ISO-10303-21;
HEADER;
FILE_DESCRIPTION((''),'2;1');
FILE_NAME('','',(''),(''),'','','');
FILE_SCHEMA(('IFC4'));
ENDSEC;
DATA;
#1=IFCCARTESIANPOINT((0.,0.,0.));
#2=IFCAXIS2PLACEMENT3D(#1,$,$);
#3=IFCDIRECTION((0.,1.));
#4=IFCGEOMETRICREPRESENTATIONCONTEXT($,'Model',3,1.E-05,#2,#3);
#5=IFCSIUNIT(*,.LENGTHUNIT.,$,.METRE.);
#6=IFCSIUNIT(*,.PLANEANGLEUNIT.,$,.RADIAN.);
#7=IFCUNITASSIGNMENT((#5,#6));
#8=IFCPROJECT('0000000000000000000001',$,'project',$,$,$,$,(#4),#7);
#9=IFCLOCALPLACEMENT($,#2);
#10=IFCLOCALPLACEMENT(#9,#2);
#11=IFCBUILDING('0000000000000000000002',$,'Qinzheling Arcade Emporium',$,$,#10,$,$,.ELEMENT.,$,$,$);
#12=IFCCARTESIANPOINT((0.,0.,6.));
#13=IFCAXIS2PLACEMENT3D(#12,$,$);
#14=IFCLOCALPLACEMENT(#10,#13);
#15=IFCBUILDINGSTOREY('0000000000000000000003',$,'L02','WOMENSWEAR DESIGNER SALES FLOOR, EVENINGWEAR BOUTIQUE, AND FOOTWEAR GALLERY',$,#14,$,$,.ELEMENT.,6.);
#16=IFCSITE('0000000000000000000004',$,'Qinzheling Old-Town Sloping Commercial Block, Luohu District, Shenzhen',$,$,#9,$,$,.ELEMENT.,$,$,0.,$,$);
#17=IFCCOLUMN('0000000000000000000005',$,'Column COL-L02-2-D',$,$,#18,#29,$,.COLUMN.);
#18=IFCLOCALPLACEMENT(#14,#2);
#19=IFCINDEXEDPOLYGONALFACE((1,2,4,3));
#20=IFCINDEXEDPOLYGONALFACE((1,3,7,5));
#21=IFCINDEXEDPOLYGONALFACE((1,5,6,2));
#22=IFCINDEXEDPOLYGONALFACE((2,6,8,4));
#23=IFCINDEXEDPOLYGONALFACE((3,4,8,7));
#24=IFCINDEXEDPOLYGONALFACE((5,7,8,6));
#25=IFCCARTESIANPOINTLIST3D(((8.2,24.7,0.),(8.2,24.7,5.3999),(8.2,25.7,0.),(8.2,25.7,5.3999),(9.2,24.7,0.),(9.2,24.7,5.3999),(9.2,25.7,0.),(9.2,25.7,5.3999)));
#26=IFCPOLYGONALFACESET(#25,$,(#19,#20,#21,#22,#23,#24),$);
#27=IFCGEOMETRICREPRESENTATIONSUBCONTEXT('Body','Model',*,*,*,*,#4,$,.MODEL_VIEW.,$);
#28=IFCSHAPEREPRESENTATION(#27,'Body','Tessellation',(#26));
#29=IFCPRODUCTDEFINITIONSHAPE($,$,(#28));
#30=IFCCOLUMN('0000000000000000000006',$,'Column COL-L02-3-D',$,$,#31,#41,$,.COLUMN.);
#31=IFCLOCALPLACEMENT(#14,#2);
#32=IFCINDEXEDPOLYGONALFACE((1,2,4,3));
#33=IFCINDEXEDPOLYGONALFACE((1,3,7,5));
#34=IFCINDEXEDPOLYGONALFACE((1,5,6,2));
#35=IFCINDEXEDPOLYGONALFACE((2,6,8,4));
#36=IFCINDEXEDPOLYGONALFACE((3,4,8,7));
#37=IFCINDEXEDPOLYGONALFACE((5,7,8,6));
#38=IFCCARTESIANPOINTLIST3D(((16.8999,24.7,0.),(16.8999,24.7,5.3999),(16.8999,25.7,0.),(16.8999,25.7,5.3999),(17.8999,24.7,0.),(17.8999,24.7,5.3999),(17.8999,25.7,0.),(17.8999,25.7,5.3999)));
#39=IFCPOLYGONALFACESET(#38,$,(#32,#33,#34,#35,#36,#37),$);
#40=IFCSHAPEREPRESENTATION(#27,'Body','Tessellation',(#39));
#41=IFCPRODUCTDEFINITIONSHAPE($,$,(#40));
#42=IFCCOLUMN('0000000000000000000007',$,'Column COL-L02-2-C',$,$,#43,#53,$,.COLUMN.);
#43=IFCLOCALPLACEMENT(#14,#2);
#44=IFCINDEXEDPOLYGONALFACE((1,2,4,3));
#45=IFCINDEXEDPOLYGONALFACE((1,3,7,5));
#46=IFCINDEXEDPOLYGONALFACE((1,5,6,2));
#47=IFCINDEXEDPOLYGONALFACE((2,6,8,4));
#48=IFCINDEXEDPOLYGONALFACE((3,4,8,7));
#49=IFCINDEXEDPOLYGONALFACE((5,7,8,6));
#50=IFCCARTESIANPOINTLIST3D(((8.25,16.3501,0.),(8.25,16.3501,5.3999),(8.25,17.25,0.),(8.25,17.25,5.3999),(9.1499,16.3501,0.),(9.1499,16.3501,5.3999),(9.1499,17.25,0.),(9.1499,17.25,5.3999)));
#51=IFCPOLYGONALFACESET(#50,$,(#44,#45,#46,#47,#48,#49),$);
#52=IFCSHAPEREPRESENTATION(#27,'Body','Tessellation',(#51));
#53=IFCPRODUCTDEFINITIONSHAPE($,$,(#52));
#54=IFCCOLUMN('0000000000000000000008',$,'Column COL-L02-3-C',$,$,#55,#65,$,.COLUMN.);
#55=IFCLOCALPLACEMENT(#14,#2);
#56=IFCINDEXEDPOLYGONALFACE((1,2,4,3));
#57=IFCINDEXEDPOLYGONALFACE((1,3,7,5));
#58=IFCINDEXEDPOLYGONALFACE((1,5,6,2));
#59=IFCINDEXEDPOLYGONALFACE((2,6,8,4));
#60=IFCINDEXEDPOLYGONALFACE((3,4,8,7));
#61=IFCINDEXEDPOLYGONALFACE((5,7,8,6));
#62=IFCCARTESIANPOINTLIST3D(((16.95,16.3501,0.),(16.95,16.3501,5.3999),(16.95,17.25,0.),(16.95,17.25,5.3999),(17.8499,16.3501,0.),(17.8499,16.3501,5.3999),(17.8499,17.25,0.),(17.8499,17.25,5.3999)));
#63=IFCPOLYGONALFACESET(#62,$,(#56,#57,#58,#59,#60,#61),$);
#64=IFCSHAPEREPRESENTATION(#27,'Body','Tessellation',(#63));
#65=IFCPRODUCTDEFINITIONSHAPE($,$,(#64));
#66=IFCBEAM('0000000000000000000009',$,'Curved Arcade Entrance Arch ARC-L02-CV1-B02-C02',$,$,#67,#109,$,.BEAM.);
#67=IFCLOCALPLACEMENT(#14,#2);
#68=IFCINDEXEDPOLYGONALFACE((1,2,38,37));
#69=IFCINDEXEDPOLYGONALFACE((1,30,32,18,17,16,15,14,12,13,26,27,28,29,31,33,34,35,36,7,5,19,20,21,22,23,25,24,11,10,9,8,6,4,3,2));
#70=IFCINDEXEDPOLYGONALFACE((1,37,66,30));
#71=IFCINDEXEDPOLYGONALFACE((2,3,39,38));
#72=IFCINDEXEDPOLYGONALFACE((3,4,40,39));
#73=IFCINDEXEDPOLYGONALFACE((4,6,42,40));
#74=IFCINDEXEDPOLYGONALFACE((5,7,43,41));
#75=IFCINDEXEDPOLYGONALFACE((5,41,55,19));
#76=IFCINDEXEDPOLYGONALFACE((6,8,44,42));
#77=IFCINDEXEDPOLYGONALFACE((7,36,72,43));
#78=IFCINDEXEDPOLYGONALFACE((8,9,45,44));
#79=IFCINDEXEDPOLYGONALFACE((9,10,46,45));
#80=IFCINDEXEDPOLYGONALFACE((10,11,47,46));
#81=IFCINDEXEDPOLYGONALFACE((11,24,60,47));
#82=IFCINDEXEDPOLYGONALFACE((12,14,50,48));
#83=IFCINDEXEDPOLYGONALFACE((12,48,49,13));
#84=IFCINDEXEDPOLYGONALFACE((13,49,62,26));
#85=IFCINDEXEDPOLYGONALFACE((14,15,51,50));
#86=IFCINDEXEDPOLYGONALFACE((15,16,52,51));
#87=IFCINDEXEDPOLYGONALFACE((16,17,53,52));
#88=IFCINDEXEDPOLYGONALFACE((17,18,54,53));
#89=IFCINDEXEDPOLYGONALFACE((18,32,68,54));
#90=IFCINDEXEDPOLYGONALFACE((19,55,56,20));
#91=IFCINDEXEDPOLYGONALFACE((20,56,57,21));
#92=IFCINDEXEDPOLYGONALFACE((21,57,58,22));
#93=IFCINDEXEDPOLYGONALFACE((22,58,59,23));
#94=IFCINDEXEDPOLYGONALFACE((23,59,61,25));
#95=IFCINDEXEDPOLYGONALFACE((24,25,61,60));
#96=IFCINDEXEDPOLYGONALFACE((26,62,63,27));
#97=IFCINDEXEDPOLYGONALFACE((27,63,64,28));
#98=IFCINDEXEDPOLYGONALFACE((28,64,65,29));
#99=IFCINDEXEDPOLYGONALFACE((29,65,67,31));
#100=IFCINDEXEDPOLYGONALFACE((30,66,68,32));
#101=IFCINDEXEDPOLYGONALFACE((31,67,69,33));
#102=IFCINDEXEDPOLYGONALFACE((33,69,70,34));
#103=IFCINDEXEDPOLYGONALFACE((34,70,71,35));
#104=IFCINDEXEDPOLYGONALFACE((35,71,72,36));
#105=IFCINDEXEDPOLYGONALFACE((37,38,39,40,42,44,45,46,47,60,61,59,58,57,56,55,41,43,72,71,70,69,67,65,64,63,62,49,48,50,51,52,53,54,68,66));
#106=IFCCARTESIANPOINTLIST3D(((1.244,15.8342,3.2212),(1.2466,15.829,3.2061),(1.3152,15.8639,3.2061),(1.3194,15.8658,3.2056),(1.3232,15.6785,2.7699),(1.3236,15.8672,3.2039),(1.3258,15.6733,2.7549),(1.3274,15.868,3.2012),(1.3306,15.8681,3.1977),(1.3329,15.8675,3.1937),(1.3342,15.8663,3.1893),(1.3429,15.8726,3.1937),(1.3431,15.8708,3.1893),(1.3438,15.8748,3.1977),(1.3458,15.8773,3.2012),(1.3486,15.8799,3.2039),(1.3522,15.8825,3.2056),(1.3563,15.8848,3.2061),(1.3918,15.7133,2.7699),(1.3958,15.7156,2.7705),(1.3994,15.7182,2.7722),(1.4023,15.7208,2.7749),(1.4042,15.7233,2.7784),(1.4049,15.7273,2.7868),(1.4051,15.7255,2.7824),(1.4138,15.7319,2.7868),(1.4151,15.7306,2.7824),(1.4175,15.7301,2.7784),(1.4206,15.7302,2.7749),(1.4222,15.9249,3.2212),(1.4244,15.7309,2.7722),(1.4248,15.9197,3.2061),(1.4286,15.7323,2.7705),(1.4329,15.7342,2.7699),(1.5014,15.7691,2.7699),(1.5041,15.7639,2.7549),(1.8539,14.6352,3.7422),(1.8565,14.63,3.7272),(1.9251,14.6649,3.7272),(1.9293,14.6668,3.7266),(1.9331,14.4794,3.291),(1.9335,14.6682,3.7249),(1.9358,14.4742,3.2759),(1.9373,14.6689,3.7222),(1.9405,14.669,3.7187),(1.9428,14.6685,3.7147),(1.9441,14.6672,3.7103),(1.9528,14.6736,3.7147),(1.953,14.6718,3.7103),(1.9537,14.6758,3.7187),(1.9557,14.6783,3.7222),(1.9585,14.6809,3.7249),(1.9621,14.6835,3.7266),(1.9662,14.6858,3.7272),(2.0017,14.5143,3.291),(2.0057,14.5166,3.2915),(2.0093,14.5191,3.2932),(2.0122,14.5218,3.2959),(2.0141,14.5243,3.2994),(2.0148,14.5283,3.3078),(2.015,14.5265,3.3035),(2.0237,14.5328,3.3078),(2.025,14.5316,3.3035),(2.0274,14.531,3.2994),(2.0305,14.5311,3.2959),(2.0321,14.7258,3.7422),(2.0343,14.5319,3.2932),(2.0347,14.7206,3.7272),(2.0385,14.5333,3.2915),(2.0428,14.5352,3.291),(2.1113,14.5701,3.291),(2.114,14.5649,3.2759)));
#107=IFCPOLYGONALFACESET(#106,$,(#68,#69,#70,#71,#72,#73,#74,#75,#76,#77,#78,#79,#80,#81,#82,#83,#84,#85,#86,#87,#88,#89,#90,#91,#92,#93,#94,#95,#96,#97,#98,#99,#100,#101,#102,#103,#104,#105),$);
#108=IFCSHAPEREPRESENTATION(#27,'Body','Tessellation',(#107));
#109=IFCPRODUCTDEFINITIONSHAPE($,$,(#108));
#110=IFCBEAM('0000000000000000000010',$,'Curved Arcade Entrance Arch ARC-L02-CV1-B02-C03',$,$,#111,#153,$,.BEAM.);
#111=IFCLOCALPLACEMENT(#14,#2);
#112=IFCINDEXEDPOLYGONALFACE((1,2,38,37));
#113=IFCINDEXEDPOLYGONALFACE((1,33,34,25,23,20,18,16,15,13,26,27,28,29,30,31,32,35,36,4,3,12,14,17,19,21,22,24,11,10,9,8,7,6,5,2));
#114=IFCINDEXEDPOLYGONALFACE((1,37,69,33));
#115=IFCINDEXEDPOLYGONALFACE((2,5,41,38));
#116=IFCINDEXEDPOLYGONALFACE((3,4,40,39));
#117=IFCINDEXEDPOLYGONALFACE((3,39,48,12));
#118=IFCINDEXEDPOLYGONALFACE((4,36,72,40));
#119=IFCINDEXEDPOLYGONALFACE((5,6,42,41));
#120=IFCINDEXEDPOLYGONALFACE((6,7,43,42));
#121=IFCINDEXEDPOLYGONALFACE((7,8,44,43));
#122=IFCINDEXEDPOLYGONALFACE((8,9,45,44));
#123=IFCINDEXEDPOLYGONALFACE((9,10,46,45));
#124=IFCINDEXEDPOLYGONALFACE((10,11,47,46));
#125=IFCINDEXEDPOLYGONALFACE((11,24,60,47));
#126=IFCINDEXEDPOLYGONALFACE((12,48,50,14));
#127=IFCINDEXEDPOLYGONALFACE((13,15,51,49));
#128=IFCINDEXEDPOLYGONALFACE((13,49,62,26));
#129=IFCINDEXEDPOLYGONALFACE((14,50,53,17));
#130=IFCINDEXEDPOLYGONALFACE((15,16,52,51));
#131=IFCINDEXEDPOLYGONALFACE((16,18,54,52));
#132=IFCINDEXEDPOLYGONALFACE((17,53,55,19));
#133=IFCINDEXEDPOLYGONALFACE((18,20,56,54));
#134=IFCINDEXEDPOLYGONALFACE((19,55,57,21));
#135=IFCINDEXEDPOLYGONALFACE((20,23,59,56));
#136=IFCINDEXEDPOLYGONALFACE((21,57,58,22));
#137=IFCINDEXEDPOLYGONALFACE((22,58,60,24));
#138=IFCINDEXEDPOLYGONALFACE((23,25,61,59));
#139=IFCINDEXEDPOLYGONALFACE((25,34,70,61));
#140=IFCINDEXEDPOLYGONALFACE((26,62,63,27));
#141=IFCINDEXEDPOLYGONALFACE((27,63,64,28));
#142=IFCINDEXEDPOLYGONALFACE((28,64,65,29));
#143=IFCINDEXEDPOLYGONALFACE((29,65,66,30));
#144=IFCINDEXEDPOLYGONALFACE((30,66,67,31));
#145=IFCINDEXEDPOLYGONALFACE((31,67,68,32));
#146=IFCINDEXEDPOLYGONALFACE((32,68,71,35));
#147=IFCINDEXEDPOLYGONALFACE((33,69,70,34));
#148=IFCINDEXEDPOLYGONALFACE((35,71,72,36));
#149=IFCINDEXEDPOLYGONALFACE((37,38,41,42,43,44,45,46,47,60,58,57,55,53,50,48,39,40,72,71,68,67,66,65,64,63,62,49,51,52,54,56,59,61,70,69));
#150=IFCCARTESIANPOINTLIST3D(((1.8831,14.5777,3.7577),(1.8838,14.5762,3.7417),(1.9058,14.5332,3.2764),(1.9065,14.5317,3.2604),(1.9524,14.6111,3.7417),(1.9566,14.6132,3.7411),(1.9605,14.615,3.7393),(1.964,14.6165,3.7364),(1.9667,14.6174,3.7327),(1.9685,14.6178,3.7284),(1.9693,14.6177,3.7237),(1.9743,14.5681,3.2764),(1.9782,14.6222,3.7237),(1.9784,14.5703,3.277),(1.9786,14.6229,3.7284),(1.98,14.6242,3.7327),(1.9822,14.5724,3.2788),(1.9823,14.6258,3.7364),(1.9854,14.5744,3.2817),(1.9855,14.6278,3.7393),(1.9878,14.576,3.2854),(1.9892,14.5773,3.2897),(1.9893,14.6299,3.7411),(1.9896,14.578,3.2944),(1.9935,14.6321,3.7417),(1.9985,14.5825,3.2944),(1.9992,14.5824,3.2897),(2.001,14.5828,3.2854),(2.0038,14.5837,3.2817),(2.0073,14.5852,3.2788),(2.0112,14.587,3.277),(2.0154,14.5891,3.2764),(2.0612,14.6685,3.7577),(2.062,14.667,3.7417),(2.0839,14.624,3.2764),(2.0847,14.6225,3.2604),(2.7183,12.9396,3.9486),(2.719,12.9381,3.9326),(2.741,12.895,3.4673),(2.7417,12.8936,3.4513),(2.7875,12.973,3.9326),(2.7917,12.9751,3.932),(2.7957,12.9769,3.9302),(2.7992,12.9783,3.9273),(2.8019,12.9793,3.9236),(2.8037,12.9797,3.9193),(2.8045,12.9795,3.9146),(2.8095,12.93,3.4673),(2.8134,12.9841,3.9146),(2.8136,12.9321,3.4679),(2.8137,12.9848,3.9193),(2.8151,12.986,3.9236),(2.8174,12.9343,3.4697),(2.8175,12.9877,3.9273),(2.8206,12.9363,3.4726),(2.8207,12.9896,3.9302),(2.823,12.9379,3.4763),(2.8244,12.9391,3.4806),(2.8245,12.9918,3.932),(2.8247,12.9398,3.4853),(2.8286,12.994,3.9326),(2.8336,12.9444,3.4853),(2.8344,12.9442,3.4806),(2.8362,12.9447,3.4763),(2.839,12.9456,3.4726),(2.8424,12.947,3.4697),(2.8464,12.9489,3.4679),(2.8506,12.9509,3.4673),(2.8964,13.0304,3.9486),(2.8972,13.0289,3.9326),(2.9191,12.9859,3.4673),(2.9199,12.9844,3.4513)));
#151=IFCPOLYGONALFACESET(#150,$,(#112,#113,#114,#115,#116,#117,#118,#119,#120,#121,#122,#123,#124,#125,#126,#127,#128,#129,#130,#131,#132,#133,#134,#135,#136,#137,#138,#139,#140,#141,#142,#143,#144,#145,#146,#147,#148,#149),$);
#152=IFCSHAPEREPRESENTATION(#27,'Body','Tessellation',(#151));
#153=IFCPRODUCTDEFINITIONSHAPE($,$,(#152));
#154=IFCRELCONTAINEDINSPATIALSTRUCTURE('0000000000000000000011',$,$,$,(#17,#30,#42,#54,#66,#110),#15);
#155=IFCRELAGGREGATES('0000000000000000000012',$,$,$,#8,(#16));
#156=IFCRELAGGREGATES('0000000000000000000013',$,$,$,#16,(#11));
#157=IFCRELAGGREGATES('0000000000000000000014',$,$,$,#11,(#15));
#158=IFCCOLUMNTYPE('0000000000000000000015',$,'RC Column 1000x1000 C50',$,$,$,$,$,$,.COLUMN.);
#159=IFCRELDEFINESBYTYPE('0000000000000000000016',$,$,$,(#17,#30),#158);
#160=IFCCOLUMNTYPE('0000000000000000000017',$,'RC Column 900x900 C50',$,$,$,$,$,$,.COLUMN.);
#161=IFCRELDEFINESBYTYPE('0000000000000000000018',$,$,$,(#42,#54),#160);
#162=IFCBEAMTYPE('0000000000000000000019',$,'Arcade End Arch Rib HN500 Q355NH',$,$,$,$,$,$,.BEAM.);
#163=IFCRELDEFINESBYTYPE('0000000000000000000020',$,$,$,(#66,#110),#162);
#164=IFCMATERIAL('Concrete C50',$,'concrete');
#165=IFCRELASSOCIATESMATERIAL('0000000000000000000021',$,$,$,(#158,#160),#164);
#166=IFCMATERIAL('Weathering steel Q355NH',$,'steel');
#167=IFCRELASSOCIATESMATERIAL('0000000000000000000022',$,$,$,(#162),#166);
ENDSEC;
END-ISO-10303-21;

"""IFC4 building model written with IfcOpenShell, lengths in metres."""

from ifc_helpers import new_model, si_unit, direction, frame, origin, origin_2d, place, context, subcontext, project, spatial, rectangle, i_section, extrude, material, material_profile, profile_set, type_object, element, save


model = new_model("IFC4")

# Units and contexts
model_context = context("Model", 3, precision=1e-05, world=origin(), true_north=direction((0.0, 1.0)))
body_context = subcontext(model_context, "Body", "Model", "MODEL_VIEW")
ifc_project = project(units=[si_unit("LENGTHUNIT", "METRE"), si_unit("PLANEANGLEUNIT", "RADIAN")], contexts=[model_context])

# Site, building, storey
site_placement = place(None, origin())
site = spatial("IfcSite", under=ifc_project, at=site_placement, Name="Qinzheling Old-Town Sloping Commercial Block, Luohu District, Shenzhen", CompositionType="ELEMENT", RefElevation=0.0)
building_placement = place(site_placement, origin())
building = spatial("IfcBuilding", under=site, at=building_placement, Name="Qinzheling Arcade Emporium", CompositionType="ELEMENT")
storey_placement = place(building_placement, frame((0.0, 0.0, 6.0)))
storey = spatial("IfcBuildingStorey", under=building, at=storey_placement, Name="L02", Description="WOMENSWEAR DESIGNER SALES FLOOR, EVENINGWEAR BOUTIQUE, AND FOOTWEAR GALLERY", CompositionType="ELEMENT", Elevation=6.0)

# Columns
ifc_material_1 = material(Name="Concrete C50", Category="concrete")
ifc_material_profile_1 = material_profile(ifc_material_1, rectangle(XDim=1.0, YDim=1.0, at=origin_2d()), Name="RC 1000x1000", Category="concrete")
ifc_profile_set_1 = profile_set([ifc_material_profile_1], Name="Concrete C50")
column_type_1 = type_object("IfcColumnType", Name="RC Column 1000x1000 C50", PredefinedType="COLUMN", material=ifc_profile_set_1)
for number, where, z_axis, x_axis, name in (
    (1, (8.7, 25.2, 0.0), (0.0, 0.0, 1.0), (1.0, 0.0, 0.0), "Column COL-L02-2-D"),
    (2, (17.3999, 25.2, 0.0), (0.0, 0.0, 1.0), (1.0, 0.0, 0.0), "Column COL-L02-3-D"),
):
    element("IfcColumn", number, at=place(storey_placement, frame(where, z_axis=z_axis, x_axis=x_axis)), inside=storey, type_object=column_type_1, Name=name, PredefinedType="COLUMN", context=body_context, shape_type="SweptSolid", body=[
        extrude(rectangle(XDim=1.0, YDim=1.0, at=origin_2d()), origin(), (0.0, 0.0, 1.0), 5.3999),
    ])
ifc_material_profile_2 = material_profile(ifc_material_1, rectangle(XDim=0.8999, YDim=0.8999, at=origin_2d()), Name="RC 900x900", Category="concrete")
ifc_profile_set_2 = profile_set([ifc_material_profile_2], Name="Concrete C50")
column_type_2 = type_object("IfcColumnType", Name="RC Column 900x900 C50", PredefinedType="COLUMN", material=ifc_profile_set_2)
for number, where, z_axis, x_axis, name in (
    (3, (8.7, 16.8, 0.0), (0.0, 0.0, 1.0), (1.0, 0.0, 0.0), "Column COL-L02-2-C"),
    (4, (17.3999, 16.8, 0.0), (0.0, 0.0, 1.0), (1.0, 0.0, 0.0), "Column COL-L02-3-C"),
):
    element("IfcColumn", number, at=place(storey_placement, frame(where, z_axis=z_axis, x_axis=x_axis)), inside=storey, type_object=column_type_2, Name=name, PredefinedType="COLUMN", context=body_context, shape_type="SweptSolid", body=[
        extrude(rectangle(XDim=0.8999, YDim=0.8999, at=origin_2d()), origin(), (0.0, 0.0, 1.0), 5.3999),
    ])

# Beams
ifc_material_2 = material(Name="Weathering steel Q355NH", Category="steel")
ifc_material_profile_3 = material_profile(ifc_material_2, i_section(OverallWidth=0.2, OverallDepth=0.5, WebThickness=0.01, FlangeThickness=0.0161, FilletRadius=0.0181, at=origin_2d()), Name="HN 500x200x10x16", Category="steel")
ifc_profile_set_3 = profile_set([ifc_material_profile_3], Name="Weathering steel Q355NH")
beam_type_1 = type_object("IfcBeamType", Name="Arcade End Arch Rib HN500 Q355NH", PredefinedType="BEAM", material=ifc_profile_set_3)
beam_1_placement = place(storey_placement, frame((1.374, 15.7991, 2.988), z_axis=(0.422772, -0.831157, 0.361167), x_axis=(0.89132, 0.453374, 0.0)))
element("IfcBeam", 5, at=beam_1_placement, inside=storey, type_object=beam_type_1, Name="Curved Arcade Entrance Arch ARC-L02-CV1-B02-C02", PredefinedType="BEAM", context=body_context, shape_type="SweptSolid", body=[
    extrude(i_section(OverallWidth=0.2, OverallDepth=0.5, WebThickness=0.01, FlangeThickness=0.0161, FilletRadius=0.0181, at=origin_2d()), origin(), (0.0, 0.0, 1.0), 1.4426),
])
beam_2_placement = place(storey_placement, frame((1.9839, 14.6001, 3.509), z_axis=(0.451782, -0.886131, 0.103272), x_axis=(0.890895, 0.45421, 0.0)))
element("IfcBeam", 6, at=beam_2_placement, inside=storey, type_object=beam_type_1, Name="Curved Arcade Entrance Arch ARC-L02-CV1-B02-C03", PredefinedType="BEAM", context=body_context, shape_type="SweptSolid", body=[
    extrude(i_section(OverallWidth=0.2, OverallDepth=0.5, WebThickness=0.01, FlangeThickness=0.0161, FilletRadius=0.0181, at=origin_2d()), origin(), (0.0, 0.0, 1.0), 1.8486),
])

save(model, "model.ifc")
